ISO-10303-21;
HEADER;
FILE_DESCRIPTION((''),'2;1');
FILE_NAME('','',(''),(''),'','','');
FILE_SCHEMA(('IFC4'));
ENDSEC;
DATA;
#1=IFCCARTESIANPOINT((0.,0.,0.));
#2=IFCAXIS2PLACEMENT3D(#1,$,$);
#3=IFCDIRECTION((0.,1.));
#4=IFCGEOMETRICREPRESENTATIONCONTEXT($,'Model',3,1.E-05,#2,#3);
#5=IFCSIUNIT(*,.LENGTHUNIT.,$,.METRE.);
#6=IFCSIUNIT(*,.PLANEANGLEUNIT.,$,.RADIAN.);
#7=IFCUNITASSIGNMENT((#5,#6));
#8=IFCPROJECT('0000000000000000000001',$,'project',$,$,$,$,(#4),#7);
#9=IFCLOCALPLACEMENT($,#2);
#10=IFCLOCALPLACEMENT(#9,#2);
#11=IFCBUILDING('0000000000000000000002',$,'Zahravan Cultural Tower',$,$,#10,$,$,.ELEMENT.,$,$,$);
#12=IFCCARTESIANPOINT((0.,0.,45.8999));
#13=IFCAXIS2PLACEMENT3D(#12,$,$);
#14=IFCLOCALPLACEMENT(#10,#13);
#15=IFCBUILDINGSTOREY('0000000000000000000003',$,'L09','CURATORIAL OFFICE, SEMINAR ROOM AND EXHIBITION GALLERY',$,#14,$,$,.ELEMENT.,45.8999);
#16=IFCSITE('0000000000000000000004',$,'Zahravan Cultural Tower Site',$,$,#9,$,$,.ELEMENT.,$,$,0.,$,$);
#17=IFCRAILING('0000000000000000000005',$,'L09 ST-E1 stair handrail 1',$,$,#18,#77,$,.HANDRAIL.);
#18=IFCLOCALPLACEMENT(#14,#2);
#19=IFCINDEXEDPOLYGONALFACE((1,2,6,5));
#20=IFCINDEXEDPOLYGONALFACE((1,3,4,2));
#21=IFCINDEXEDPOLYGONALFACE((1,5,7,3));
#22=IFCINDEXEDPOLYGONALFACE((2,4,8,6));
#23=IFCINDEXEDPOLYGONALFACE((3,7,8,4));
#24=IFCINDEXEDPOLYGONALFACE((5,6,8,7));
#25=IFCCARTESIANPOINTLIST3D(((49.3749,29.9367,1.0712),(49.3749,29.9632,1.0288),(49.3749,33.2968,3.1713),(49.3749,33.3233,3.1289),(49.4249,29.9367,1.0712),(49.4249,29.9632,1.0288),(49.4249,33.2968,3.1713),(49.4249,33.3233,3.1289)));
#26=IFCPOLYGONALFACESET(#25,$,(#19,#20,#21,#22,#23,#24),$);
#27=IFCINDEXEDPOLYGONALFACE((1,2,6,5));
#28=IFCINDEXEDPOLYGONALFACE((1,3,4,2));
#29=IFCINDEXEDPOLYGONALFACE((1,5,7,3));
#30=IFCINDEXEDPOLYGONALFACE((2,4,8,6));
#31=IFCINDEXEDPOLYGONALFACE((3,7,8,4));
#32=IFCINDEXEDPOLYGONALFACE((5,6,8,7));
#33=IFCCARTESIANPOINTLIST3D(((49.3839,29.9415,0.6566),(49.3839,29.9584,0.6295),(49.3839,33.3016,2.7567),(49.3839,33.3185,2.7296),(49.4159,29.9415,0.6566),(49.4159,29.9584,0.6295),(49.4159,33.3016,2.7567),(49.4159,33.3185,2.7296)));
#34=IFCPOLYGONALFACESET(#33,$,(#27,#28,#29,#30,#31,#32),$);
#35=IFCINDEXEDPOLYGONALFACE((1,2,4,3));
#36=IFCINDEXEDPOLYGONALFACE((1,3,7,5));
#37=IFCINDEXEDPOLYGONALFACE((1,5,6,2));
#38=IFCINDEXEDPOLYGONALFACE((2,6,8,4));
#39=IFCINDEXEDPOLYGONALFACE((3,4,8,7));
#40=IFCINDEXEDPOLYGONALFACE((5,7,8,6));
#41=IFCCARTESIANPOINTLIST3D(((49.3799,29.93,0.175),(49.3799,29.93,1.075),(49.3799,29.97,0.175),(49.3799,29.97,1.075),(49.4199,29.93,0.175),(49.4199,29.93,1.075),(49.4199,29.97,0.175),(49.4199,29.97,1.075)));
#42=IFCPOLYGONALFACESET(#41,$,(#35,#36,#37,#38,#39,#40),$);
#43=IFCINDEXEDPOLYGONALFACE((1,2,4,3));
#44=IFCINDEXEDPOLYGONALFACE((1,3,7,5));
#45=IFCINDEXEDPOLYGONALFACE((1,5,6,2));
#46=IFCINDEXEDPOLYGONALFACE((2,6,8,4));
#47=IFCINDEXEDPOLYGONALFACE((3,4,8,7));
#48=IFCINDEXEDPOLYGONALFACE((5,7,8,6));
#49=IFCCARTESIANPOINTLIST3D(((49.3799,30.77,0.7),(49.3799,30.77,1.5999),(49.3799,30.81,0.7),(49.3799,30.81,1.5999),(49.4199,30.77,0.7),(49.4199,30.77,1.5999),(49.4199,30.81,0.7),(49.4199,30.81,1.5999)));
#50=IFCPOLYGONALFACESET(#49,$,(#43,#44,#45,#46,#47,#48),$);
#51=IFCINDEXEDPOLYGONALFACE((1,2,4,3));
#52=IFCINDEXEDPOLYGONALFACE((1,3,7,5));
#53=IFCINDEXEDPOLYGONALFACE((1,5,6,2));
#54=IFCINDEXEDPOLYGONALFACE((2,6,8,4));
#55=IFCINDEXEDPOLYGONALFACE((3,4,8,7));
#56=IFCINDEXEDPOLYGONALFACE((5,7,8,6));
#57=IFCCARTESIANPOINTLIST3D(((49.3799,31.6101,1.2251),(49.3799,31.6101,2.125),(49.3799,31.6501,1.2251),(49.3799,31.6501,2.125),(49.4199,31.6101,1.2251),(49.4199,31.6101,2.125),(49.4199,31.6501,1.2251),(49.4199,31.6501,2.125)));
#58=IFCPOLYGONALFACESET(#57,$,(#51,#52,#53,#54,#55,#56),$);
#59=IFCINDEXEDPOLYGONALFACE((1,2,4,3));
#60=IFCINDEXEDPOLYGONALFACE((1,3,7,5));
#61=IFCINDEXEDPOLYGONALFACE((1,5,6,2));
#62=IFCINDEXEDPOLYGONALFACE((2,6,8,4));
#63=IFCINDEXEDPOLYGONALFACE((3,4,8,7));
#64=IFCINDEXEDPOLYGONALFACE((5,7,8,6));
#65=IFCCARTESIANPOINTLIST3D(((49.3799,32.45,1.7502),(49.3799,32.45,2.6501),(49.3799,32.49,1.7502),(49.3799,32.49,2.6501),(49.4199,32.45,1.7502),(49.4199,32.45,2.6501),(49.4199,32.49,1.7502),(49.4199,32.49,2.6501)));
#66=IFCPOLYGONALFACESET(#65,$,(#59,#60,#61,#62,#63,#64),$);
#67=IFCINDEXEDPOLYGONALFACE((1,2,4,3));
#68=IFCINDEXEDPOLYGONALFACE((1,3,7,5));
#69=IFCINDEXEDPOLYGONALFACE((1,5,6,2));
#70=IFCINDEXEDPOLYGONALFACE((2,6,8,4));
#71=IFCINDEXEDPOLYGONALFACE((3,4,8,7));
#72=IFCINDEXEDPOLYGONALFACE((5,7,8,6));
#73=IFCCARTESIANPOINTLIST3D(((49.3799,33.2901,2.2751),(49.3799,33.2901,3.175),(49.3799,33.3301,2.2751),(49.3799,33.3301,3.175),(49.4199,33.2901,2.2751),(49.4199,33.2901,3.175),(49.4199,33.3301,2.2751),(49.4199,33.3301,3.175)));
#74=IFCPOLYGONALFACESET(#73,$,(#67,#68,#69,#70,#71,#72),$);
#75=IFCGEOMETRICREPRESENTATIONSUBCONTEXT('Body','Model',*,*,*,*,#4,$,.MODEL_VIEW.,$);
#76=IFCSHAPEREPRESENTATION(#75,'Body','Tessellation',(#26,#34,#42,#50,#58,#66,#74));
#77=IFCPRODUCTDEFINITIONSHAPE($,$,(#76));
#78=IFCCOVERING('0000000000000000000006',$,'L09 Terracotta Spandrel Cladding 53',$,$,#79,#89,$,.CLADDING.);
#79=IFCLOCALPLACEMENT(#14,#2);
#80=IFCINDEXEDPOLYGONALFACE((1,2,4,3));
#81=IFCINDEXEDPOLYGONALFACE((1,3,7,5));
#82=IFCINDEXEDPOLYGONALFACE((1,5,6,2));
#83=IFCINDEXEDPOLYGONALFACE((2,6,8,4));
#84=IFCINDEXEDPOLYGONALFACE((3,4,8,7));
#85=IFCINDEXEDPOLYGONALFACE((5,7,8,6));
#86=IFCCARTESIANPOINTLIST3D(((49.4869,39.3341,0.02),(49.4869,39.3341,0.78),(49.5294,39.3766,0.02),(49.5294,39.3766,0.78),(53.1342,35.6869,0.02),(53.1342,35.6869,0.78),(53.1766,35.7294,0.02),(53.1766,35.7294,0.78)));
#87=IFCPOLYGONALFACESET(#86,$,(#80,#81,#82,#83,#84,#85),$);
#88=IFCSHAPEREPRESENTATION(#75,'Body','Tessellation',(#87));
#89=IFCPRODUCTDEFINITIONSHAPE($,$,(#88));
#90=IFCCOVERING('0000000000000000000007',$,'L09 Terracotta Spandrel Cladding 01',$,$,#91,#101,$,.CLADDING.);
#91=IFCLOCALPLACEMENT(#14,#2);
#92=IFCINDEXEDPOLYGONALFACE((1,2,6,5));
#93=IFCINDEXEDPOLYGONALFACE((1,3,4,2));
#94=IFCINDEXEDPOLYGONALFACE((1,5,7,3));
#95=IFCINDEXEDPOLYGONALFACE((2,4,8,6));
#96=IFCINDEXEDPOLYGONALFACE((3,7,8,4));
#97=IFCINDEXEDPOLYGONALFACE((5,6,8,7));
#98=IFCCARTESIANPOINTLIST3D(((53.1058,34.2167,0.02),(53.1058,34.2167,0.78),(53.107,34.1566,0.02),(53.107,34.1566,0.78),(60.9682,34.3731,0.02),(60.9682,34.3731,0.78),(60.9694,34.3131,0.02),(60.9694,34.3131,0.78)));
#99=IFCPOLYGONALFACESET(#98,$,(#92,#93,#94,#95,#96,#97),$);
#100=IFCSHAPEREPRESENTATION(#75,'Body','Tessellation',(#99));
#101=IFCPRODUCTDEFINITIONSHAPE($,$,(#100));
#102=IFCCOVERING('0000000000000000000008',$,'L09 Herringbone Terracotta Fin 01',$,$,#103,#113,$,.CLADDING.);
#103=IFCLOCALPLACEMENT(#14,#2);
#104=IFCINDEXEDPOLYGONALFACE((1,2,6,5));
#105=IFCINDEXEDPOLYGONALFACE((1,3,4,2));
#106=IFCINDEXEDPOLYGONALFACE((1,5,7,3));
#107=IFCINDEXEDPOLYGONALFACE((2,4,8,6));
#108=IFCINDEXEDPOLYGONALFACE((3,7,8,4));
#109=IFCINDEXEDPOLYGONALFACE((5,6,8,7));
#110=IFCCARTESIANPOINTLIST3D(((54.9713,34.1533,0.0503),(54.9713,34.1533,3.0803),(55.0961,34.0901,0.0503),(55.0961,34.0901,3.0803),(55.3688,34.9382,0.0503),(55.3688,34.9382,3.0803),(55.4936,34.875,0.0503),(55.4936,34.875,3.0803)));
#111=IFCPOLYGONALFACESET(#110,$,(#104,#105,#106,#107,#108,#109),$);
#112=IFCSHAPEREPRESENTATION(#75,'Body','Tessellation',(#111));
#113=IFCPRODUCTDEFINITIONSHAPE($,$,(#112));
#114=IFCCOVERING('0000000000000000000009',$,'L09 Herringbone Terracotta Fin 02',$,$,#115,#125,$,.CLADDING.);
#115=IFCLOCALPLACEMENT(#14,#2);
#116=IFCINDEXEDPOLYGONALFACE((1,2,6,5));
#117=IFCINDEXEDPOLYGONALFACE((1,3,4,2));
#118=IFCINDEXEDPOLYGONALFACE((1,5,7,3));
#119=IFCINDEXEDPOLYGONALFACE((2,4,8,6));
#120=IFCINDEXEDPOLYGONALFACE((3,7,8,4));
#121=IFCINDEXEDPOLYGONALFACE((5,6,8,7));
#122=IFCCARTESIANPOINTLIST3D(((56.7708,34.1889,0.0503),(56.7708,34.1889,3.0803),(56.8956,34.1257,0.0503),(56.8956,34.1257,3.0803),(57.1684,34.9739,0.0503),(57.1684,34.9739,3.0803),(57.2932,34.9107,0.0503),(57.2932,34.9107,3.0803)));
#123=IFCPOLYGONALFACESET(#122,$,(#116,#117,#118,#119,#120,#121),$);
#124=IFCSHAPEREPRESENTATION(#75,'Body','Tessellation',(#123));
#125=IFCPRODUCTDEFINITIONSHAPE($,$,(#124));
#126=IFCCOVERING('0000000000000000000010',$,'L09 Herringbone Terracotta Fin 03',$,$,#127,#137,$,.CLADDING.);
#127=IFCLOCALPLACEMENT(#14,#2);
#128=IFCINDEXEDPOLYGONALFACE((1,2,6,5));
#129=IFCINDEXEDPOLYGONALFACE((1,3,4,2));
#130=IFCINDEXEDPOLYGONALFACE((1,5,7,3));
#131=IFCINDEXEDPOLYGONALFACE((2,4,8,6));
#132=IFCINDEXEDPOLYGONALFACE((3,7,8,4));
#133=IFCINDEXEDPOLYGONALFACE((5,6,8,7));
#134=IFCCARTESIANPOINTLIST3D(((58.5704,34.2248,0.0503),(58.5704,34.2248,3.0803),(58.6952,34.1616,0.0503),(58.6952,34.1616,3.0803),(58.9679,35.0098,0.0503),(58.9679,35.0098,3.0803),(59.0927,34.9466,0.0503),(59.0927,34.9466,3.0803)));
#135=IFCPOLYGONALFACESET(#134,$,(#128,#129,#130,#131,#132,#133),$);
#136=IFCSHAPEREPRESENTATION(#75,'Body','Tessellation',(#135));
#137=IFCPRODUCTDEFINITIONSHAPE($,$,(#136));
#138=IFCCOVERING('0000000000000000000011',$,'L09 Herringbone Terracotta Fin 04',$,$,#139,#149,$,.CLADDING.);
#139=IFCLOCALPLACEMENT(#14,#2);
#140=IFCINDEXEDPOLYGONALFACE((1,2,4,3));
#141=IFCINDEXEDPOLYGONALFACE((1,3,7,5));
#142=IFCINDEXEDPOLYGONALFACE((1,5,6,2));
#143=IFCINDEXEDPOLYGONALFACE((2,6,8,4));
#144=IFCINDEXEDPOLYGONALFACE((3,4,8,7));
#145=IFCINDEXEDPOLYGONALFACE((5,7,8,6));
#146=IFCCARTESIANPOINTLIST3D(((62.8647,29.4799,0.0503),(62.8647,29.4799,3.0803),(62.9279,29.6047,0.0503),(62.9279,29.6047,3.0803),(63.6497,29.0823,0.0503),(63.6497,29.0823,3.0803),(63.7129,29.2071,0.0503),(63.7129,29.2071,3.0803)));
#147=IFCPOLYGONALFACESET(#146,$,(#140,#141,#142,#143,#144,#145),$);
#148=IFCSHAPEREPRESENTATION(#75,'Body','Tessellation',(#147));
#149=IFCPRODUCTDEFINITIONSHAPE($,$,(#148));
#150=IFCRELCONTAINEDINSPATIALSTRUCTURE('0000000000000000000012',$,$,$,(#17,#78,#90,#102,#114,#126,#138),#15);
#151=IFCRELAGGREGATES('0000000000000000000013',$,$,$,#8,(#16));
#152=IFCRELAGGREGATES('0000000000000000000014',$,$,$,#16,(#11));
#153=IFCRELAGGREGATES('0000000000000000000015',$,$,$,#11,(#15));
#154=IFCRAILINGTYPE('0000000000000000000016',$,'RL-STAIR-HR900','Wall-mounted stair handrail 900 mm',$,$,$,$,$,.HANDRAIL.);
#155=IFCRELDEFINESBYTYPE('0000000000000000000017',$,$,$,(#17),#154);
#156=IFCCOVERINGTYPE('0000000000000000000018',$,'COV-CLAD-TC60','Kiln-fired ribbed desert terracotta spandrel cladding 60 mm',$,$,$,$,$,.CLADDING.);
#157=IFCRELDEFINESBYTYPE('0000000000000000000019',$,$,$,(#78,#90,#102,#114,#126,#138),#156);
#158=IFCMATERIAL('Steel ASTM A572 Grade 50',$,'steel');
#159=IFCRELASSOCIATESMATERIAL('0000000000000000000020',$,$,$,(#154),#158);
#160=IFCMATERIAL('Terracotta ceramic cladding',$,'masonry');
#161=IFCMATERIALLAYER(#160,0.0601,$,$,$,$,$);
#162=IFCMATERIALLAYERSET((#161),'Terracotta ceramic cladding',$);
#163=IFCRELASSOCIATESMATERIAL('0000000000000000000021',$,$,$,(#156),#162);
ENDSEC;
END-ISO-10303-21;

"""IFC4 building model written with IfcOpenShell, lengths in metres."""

from ifc_helpers import new_model, si_unit, direction, frame, origin, origin_2d, place, context, subcontext, project, spatial, rectangle, extrude, source, transform, mapped, material, layer, layer_set, type_object, element, save


model = new_model("IFC4")

# Units and contexts
model_context = context("Model", 3, precision=1e-05, world=origin(), true_north=direction((0.0, 1.0)))
body_context = subcontext(model_context, "Body", "Model", "MODEL_VIEW")
ifc_project = project(units=[si_unit("LENGTHUNIT", "METRE"), si_unit("PLANEANGLEUNIT", "RADIAN")], contexts=[model_context])

# Site, building, storey
site_placement = place(None, origin())
site = spatial("IfcSite", under=ifc_project, at=site_placement, Name="Zahravan Cultural Tower Site", CompositionType="ELEMENT", RefElevation=0.0)
building_placement = place(site_placement, origin())
building = spatial("IfcBuilding", under=site, at=building_placement, Name="Zahravan Cultural Tower", CompositionType="ELEMENT")
storey_placement = place(building_placement, frame((0.0, 0.0, 45.8999)))
storey = spatial("IfcBuildingStorey", under=building, at=storey_placement, Name="L09", Description="CURATORIAL OFFICE, SEMINAR ROOM AND EXHIBITION GALLERY", CompositionType="ELEMENT", Elevation=45.8999)

# Shared definitions
ifc_material_1 = material(Name="Steel ASTM A572 Grade 50", Category="steel")

# Railing
railing_type_1 = type_object("IfcRailingType", Name="RL-STAIR-HR900", Description="Wall-mounted stair handrail 900 mm", PredefinedType="HANDRAIL", material=ifc_material_1)
railing_1_placement = place(storey_placement, frame((49.3999, 29.95, 0.175)))
element("IfcRailing", 1, at=railing_1_placement, inside=storey, type_object=railing_type_1, Name="L09 ST-E1 stair handrail 1", PredefinedType="HANDRAIL", context=body_context, shape_type="SweptSolid", body=[
    extrude(rectangle(XDim=0.05, YDim=0.05, at=origin_2d()), frame((0.0, 0.0, 0.875), z_axis=(0.0, 0.847995, 0.530004), x_axis=(-1.0, 0.0, 0.0)), (0.0, 0.0, 1.0), 3.9624),
    extrude(rectangle(XDim=0.032, YDim=0.032, at=origin_2d()), frame((0.0, 0.0, 0.468), z_axis=(0.0, 0.847995, 0.530004), x_axis=(-1.0, 0.0, 0.0)), (0.0, 0.0, 1.0), 3.9624),
    extrude(rectangle(XDim=0.04, YDim=0.04, at=origin_2d()), origin(), (0.0, 0.0, 1.0), 0.8999),
    extrude(rectangle(XDim=0.04, YDim=0.04, at=origin_2d()), frame((0.0, 0.8401, 0.5249)), (0.0, 0.0, 1.0), 0.8999),
    extrude(rectangle(XDim=0.04, YDim=0.04, at=origin_2d()), frame((0.0, 1.6802, 1.05)), (0.0, 0.0, 1.0), 0.8999),
    extrude(rectangle(XDim=0.04, YDim=0.04, at=origin_2d()), frame((0.0, 2.52, 1.5752)), (0.0, 0.0, 1.0), 0.8999),
    extrude(rectangle(XDim=0.04, YDim=0.04, at=origin_2d()), frame((0.0, 3.3601, 2.1001)), (0.0, 0.0, 1.0), 0.8999),
])

# Coverings
ifc_material_2 = material(Name="Terracotta ceramic cladding", Category="masonry")
ifc_layer_1 = layer(ifc_material_2, 0.0601)
ifc_layer_set_1 = layer_set([ifc_layer_1], Name="Terracotta ceramic cladding")
covering_type = type_object("IfcCoveringType", Name="COV-CLAD-TC60", Description="Kiln-fired ribbed desert terracotta spandrel cladding 60 mm", PredefinedType="CLADDING", material=ifc_layer_set_1)
shared_shape_1 = source(origin(), body_context, "Body", "SweptSolid", [
    extrude(rectangle(XDim=5.158, YDim=0.0601, at=origin_2d()), origin(), (0.0, 0.0, 1.0), 0.76),
])
covering_1_placement = place(storey_placement, frame((51.3318, 37.5317, 0.02), z_axis=(0.0, 0.0, 1.0), x_axis=(0.707107, -0.707107, 0.0)))
element("IfcCovering", 2, at=covering_1_placement, inside=storey, type_object=covering_type, Name="L09 Terracotta Spandrel Cladding 53", PredefinedType="CLADDING", context=body_context, shape_type="MappedRepresentation", body=[
    mapped(shared_shape_1, transform((0.0, 0.0, 0.0), x_axis=(1.0, 0.0, 0.0), y_axis=(0.0, 1.0, 0.0), z_axis=(0.0, 0.0, 1.0), scale=1.0)),
])
shared_shape_2 = source(origin(), body_context, "Body", "SweptSolid", [
    extrude(rectangle(XDim=7.864, YDim=0.0601, at=origin_2d()), origin(), (0.0, 0.0, 1.0), 0.76),
])
covering_2_placement = place(storey_placement, frame((57.0376, 34.2649, 0.02), z_axis=(0.0, 0.0, 1.0), x_axis=(0.999802, 0.019895, 0.0)))
element("IfcCovering", 3, at=covering_2_placement, inside=storey, type_object=covering_type, Name="L09 Terracotta Spandrel Cladding 01", PredefinedType="CLADDING", context=body_context, shape_type="MappedRepresentation", body=[
    mapped(shared_shape_2, transform((0.0, 0.0, 0.0), x_axis=(1.0, 0.0, 0.0), y_axis=(0.0, 1.0, 0.0), z_axis=(0.0, 0.0, 1.0), scale=1.0)),
])
shared_shape_3 = source(origin(), body_context, "Body", "SweptSolid", [
    extrude(rectangle(XDim=0.8799, YDim=0.1399, at=origin_2d()), origin(), (0.0, 0.0, 1.0), 3.03),
])
for number, where, z_axis, x_axis, name in (
    (4, (55.2324, 34.5142, 0.0503), (0.0, 0.0, 1.0), (0.451812, 0.892113, 0.0), "L09 Herringbone Terracotta Fin 01"),
    (5, (57.032, 34.5498, 0.0503), (0.0, 0.0, 1.0), (0.451812, 0.892113, 0.0), "L09 Herringbone Terracotta Fin 02"),
    (6, (58.8315, 34.5857, 0.0503), (0.0, 0.0, 1.0), (0.451812, 0.892113, 0.0), "L09 Herringbone Terracotta Fin 03"),
    (7, (63.2888, 29.3435, 0.0503), (0.0, 0.0, 1.0), (0.892113, -0.451812, 0.0), "L09 Herringbone Terracotta Fin 04"),
):
    element("IfcCovering", number, at=place(storey_placement, frame(where, z_axis=z_axis, x_axis=x_axis)), inside=storey, type_object=covering_type, Name=name, PredefinedType="CLADDING", context=body_context, shape_type="MappedRepresentation", body=[
        mapped(shared_shape_3, transform((0.0, 0.0, 0.0), x_axis=(1.0, 0.0, 0.0), y_axis=(0.0, 1.0, 0.0), z_axis=(0.0, 0.0, 1.0), scale=1.0)),
    ])

save(model, "model.ifc")
